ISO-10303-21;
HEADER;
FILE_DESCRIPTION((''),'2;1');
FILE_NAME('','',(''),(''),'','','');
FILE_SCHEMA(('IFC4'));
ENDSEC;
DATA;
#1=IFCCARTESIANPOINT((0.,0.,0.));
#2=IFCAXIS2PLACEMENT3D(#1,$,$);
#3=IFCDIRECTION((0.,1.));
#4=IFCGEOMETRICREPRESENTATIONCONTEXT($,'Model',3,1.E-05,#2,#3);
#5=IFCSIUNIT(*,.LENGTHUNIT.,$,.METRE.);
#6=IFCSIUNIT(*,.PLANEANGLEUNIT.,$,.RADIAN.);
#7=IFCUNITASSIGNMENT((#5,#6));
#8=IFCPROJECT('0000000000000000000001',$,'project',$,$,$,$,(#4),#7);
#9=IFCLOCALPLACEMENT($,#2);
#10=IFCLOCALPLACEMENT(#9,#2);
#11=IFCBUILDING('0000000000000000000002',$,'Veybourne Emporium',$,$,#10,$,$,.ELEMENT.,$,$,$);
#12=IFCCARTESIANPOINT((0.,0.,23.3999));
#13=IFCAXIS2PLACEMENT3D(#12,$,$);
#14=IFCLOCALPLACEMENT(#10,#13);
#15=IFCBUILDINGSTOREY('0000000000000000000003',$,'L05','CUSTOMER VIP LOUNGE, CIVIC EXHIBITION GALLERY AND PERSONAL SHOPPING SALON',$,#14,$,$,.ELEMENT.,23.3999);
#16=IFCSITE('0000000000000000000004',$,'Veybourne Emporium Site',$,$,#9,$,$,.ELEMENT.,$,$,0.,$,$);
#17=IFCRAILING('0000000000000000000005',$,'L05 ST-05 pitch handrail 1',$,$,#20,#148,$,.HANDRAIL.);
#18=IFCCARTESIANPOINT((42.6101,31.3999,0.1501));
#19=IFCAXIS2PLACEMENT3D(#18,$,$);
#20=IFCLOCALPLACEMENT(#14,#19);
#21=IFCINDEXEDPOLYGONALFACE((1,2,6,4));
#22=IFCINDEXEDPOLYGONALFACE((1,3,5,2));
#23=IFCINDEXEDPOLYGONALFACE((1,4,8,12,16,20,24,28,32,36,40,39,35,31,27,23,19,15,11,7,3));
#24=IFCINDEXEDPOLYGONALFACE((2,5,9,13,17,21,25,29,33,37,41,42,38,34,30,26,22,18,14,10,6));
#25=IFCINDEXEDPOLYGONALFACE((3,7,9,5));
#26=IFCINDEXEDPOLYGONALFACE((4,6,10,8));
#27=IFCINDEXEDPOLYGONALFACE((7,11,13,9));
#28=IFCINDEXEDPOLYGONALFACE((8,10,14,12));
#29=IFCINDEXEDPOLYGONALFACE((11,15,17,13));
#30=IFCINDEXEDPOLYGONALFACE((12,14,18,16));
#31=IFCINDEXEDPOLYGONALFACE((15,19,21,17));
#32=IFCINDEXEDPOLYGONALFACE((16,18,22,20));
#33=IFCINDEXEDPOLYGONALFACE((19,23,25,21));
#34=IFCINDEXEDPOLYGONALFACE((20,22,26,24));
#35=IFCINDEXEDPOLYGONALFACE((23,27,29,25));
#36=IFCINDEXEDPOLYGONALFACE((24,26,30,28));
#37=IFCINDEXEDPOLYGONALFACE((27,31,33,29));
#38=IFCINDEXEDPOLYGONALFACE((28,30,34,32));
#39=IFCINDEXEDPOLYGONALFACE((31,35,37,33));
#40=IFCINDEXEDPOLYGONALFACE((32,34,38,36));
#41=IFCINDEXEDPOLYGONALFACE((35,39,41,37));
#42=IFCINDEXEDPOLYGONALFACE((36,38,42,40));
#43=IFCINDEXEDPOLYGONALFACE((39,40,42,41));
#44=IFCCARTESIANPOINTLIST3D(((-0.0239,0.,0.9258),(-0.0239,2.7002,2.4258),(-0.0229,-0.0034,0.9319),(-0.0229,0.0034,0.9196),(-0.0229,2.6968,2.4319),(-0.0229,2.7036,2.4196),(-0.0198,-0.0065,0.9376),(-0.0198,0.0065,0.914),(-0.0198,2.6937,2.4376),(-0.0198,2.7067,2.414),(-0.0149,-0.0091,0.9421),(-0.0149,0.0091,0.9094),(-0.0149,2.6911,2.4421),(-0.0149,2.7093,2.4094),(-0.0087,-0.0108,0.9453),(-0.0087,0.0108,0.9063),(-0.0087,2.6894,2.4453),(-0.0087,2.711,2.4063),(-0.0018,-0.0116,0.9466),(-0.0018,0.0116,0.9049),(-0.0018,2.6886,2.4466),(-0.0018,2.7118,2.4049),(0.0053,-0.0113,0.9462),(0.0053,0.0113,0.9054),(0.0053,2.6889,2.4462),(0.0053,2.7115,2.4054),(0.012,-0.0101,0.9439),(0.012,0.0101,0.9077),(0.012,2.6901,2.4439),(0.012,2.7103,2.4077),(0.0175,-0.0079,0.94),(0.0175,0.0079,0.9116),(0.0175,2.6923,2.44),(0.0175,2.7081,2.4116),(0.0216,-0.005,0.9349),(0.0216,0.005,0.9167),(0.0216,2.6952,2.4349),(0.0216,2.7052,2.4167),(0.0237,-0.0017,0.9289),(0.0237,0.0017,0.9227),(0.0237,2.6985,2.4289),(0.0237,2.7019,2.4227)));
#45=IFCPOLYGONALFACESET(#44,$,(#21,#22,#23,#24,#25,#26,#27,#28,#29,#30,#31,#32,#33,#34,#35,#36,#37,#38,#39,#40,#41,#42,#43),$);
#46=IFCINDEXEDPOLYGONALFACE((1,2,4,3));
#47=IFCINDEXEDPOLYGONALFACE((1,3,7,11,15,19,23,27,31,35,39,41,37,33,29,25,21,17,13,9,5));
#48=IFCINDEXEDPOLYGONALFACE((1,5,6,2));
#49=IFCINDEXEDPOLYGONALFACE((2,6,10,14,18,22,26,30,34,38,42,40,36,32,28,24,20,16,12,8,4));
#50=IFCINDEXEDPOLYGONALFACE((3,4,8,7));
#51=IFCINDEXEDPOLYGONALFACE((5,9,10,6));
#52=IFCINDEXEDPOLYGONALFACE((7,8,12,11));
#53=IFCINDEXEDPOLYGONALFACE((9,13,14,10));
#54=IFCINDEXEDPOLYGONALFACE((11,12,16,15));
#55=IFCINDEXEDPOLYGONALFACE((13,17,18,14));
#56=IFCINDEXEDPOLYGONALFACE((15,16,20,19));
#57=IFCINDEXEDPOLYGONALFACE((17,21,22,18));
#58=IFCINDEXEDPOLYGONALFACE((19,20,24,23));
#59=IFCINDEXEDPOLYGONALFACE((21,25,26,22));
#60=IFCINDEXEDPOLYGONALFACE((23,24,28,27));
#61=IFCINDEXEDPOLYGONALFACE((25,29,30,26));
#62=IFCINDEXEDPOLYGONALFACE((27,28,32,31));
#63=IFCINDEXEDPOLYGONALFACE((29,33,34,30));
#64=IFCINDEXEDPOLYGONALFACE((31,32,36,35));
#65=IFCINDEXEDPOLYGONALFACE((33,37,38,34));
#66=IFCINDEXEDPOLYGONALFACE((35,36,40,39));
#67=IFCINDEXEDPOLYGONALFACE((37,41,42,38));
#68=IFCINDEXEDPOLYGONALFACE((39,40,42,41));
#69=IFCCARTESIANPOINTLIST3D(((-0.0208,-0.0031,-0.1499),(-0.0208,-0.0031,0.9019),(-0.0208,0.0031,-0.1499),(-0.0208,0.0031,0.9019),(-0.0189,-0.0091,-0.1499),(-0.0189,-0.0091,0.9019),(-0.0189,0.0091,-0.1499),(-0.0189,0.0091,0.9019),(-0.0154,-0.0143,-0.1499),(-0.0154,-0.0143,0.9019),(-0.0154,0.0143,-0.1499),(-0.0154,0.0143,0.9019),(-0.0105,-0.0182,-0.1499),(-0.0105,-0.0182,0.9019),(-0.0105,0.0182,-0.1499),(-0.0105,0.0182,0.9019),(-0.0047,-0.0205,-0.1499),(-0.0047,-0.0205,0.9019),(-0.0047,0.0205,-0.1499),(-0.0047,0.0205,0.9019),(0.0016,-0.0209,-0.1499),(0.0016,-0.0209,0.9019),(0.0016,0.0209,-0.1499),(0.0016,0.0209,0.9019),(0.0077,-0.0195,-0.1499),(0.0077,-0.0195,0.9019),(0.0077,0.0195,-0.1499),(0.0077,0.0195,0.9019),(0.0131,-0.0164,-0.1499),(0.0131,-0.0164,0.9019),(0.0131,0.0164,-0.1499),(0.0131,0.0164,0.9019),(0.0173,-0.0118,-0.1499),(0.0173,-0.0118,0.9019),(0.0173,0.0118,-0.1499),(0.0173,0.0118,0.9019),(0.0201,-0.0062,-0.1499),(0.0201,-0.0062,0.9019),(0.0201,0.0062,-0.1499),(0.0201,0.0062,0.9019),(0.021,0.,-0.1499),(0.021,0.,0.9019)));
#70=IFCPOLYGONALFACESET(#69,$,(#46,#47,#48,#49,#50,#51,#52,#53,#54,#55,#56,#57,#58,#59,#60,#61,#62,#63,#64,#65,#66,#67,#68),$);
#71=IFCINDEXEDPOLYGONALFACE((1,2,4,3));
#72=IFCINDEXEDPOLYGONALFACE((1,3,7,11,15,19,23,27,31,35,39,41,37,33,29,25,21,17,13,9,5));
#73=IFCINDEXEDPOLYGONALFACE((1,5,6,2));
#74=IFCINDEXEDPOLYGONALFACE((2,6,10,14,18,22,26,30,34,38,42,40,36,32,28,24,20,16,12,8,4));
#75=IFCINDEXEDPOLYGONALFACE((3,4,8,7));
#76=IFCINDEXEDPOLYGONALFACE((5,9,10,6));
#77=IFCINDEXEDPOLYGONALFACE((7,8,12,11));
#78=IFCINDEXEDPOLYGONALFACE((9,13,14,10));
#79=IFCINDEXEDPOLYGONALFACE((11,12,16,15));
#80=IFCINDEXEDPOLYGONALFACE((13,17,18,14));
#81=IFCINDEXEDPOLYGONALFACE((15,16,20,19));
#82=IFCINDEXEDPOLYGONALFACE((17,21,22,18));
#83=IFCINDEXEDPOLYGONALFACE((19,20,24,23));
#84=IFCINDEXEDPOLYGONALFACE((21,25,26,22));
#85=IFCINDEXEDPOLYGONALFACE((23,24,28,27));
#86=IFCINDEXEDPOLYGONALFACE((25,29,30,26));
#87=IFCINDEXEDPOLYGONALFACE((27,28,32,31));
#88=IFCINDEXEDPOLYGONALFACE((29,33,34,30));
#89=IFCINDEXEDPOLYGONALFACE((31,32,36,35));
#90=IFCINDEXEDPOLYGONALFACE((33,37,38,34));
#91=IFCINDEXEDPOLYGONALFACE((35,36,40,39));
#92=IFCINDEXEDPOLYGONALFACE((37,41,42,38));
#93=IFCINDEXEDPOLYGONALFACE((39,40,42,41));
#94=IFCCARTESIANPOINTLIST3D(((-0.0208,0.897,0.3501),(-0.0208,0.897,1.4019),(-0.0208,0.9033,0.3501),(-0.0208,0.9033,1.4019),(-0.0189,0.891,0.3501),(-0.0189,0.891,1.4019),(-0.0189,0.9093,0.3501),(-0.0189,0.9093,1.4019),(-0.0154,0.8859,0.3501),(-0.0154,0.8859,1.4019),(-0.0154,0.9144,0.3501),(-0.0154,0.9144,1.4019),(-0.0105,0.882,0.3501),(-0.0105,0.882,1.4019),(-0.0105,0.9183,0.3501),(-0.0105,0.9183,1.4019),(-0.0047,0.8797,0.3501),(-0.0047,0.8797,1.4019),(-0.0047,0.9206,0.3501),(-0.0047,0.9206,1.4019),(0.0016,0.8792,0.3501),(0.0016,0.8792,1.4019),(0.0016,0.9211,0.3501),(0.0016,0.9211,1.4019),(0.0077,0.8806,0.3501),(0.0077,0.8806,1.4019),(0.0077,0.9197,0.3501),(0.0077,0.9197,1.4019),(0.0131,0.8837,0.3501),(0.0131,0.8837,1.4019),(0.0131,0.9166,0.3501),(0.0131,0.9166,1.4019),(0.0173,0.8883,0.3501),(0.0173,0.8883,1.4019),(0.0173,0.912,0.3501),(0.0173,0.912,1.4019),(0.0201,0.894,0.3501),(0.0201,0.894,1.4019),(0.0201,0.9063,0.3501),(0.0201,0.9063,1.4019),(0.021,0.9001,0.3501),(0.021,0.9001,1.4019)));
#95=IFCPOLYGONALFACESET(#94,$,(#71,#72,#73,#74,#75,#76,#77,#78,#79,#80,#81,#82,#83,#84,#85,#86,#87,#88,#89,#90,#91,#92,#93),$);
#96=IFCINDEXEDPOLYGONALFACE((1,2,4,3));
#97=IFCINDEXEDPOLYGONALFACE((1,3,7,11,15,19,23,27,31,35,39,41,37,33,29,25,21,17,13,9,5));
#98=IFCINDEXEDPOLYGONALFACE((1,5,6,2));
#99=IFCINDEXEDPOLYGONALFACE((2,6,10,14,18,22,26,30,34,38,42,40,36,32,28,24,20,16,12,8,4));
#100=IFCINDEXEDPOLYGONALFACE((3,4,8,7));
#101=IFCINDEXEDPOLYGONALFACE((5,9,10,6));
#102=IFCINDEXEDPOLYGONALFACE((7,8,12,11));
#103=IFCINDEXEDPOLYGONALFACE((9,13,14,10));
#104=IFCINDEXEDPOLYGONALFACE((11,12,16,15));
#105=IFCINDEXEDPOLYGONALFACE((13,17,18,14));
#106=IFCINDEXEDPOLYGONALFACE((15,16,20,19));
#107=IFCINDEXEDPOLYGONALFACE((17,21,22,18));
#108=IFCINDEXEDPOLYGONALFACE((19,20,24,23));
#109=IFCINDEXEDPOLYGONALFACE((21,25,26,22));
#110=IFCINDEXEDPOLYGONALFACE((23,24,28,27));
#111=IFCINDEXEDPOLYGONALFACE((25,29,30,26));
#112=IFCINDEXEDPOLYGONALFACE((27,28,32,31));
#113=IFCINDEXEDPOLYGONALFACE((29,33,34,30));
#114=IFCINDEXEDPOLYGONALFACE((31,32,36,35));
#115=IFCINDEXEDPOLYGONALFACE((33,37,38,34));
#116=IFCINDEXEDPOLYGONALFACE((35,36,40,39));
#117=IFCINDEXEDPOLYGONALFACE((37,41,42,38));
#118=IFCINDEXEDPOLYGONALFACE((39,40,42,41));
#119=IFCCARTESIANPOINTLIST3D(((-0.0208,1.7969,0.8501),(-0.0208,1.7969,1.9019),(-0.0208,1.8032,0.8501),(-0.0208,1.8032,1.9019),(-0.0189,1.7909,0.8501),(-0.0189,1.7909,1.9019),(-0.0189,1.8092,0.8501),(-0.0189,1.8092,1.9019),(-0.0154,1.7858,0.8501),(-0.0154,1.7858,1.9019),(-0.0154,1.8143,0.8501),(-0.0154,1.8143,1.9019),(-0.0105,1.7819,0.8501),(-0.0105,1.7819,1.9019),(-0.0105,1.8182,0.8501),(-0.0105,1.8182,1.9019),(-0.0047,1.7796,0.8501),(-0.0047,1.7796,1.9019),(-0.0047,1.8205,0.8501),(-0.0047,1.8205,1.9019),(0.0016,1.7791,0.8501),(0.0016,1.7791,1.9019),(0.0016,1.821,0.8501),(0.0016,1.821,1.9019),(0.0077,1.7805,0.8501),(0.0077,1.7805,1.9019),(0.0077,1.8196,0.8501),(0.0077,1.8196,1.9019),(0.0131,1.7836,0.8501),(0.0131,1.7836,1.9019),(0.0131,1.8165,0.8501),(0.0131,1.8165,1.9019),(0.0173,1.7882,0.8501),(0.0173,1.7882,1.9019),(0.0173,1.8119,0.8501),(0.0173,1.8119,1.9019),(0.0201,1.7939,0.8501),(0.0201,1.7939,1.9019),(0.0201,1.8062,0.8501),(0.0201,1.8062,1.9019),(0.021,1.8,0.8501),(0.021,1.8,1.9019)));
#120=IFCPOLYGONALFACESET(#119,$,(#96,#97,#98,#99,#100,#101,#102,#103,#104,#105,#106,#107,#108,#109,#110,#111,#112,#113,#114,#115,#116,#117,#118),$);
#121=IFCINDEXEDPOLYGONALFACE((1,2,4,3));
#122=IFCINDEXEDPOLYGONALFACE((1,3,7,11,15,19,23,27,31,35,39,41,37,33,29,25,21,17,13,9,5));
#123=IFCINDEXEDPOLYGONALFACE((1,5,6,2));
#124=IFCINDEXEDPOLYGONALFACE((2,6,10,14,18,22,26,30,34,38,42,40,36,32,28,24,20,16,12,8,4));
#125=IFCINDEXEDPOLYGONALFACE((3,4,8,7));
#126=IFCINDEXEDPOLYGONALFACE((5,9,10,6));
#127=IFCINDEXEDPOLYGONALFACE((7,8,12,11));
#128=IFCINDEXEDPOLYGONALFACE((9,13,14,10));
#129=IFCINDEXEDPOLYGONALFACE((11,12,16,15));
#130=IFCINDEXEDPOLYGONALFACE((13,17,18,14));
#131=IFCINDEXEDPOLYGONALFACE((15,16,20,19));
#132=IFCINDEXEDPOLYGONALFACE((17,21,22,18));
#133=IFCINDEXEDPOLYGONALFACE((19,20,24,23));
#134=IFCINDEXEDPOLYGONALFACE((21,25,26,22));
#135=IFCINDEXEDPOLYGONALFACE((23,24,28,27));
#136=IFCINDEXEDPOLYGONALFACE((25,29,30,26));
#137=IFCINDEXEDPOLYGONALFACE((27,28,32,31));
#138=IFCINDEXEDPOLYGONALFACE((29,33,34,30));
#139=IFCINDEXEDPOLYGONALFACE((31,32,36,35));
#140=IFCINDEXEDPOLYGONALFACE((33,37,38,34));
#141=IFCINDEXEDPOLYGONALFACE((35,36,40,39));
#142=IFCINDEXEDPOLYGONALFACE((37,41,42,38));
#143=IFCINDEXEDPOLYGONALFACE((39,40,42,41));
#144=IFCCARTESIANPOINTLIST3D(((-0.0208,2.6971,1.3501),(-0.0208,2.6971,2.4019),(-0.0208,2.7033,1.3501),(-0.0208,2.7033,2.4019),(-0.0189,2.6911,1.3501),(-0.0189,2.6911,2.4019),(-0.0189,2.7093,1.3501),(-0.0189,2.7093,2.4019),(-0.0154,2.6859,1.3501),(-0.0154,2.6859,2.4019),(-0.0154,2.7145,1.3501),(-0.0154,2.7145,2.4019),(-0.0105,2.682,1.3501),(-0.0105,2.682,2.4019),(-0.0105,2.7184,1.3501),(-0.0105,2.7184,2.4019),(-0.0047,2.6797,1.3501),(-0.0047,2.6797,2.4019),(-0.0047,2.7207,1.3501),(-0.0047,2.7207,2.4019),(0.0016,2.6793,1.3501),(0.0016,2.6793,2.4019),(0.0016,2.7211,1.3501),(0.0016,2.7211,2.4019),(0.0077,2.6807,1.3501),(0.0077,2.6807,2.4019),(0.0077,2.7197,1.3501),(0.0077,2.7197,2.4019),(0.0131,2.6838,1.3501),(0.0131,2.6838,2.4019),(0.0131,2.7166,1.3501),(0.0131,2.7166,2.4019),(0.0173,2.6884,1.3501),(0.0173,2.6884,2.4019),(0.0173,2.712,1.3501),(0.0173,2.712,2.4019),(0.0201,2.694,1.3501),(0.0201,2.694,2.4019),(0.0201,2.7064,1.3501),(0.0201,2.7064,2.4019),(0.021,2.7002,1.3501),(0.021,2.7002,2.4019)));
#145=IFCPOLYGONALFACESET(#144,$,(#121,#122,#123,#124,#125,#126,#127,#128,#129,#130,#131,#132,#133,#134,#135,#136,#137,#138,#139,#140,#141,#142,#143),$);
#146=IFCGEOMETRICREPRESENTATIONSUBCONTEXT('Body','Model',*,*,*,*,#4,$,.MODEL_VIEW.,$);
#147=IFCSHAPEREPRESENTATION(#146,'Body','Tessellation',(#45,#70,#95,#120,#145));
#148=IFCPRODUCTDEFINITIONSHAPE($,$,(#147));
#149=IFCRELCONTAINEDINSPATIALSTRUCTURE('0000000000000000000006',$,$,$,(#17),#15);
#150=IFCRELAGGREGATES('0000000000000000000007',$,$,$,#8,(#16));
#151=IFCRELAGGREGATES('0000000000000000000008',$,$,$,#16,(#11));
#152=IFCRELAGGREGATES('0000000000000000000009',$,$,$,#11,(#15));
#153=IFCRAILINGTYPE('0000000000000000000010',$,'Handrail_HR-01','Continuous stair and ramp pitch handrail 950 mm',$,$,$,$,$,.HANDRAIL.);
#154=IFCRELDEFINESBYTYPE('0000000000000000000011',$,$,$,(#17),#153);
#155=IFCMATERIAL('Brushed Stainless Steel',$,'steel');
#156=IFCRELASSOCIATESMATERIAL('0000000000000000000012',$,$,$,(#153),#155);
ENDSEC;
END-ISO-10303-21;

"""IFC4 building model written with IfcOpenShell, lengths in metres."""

from ifc_helpers import new_model, si_unit, direction, frame, origin, origin_2d, place, context, subcontext, project, spatial, circle, extrude, material, type_object, element, save


model = new_model("IFC4")

# Units and contexts
model_context = context("Model", 3, precision=1e-05, world=origin(), true_north=direction((0.0, 1.0)))
body_context = subcontext(model_context, "Body", "Model", "MODEL_VIEW")
ifc_project = project(units=[si_unit("LENGTHUNIT", "METRE"), si_unit("PLANEANGLEUNIT", "RADIAN")], contexts=[model_context])

# Site, building, storey
site_placement = place(None, origin())
site = spatial("IfcSite", under=ifc_project, at=site_placement, Name="Veybourne Emporium Site", CompositionType="ELEMENT", RefElevation=0.0)
building_placement = place(site_placement, origin())
building = spatial("IfcBuilding", under=site, at=building_placement, Name="Veybourne Emporium", CompositionType="ELEMENT")
storey_placement = place(building_placement, frame((0.0, 0.0, 23.3999)))
storey = spatial("IfcBuildingStorey", under=building, at=storey_placement, Name="L05", Description="CUSTOMER VIP LOUNGE, CIVIC EXHIBITION GALLERY AND PERSONAL SHOPPING SALON", CompositionType="ELEMENT", Elevation=23.3999)

# Railing
ifc_material_1 = material(Name="Brushed Stainless Steel", Category="steel")
railing_type_1 = type_object("IfcRailingType", Name="Handrail_HR-01", Description="Continuous stair and ramp pitch handrail 950 mm", PredefinedType="HANDRAIL", material=ifc_material_1)
railing_1_placement = place(storey_placement, frame((42.6101, 31.3999, 0.1501)))
element("IfcRailing", 1, at=railing_1_placement, inside=storey, type_object=railing_type_1, Name="L05 ST-05 pitch handrail 1", PredefinedType="HANDRAIL", context=body_context, shape_type="SweptSolid", body=[
    extrude(circle(Radius=0.0239, at=origin_2d()), frame((0.0, 0.0, 0.9258), z_axis=(0.0, 0.874172, 0.485616), x_axis=(-1.0, 0.0, 0.0)), (0.0, 0.0, 1.0), 3.0889),
    extrude(circle(Radius=0.021, at=origin_2d()), frame((0.0, 0.0, -0.1499)), (0.0, 0.0, 1.0), 1.0518),
    extrude(circle(Radius=0.021, at=origin_2d()), frame((0.0, 0.9001, 0.3501)), (0.0, 0.0, 1.0), 1.0518),
    extrude(circle(Radius=0.021, at=origin_2d()), frame((0.0, 1.8, 0.8501)), (0.0, 0.0, 1.0), 1.0518),
    extrude(circle(Radius=0.021, at=origin_2d()), frame((0.0, 2.7002, 1.3501)), (0.0, 0.0, 1.0), 1.0518),
])

save(model, "model.ifc")
